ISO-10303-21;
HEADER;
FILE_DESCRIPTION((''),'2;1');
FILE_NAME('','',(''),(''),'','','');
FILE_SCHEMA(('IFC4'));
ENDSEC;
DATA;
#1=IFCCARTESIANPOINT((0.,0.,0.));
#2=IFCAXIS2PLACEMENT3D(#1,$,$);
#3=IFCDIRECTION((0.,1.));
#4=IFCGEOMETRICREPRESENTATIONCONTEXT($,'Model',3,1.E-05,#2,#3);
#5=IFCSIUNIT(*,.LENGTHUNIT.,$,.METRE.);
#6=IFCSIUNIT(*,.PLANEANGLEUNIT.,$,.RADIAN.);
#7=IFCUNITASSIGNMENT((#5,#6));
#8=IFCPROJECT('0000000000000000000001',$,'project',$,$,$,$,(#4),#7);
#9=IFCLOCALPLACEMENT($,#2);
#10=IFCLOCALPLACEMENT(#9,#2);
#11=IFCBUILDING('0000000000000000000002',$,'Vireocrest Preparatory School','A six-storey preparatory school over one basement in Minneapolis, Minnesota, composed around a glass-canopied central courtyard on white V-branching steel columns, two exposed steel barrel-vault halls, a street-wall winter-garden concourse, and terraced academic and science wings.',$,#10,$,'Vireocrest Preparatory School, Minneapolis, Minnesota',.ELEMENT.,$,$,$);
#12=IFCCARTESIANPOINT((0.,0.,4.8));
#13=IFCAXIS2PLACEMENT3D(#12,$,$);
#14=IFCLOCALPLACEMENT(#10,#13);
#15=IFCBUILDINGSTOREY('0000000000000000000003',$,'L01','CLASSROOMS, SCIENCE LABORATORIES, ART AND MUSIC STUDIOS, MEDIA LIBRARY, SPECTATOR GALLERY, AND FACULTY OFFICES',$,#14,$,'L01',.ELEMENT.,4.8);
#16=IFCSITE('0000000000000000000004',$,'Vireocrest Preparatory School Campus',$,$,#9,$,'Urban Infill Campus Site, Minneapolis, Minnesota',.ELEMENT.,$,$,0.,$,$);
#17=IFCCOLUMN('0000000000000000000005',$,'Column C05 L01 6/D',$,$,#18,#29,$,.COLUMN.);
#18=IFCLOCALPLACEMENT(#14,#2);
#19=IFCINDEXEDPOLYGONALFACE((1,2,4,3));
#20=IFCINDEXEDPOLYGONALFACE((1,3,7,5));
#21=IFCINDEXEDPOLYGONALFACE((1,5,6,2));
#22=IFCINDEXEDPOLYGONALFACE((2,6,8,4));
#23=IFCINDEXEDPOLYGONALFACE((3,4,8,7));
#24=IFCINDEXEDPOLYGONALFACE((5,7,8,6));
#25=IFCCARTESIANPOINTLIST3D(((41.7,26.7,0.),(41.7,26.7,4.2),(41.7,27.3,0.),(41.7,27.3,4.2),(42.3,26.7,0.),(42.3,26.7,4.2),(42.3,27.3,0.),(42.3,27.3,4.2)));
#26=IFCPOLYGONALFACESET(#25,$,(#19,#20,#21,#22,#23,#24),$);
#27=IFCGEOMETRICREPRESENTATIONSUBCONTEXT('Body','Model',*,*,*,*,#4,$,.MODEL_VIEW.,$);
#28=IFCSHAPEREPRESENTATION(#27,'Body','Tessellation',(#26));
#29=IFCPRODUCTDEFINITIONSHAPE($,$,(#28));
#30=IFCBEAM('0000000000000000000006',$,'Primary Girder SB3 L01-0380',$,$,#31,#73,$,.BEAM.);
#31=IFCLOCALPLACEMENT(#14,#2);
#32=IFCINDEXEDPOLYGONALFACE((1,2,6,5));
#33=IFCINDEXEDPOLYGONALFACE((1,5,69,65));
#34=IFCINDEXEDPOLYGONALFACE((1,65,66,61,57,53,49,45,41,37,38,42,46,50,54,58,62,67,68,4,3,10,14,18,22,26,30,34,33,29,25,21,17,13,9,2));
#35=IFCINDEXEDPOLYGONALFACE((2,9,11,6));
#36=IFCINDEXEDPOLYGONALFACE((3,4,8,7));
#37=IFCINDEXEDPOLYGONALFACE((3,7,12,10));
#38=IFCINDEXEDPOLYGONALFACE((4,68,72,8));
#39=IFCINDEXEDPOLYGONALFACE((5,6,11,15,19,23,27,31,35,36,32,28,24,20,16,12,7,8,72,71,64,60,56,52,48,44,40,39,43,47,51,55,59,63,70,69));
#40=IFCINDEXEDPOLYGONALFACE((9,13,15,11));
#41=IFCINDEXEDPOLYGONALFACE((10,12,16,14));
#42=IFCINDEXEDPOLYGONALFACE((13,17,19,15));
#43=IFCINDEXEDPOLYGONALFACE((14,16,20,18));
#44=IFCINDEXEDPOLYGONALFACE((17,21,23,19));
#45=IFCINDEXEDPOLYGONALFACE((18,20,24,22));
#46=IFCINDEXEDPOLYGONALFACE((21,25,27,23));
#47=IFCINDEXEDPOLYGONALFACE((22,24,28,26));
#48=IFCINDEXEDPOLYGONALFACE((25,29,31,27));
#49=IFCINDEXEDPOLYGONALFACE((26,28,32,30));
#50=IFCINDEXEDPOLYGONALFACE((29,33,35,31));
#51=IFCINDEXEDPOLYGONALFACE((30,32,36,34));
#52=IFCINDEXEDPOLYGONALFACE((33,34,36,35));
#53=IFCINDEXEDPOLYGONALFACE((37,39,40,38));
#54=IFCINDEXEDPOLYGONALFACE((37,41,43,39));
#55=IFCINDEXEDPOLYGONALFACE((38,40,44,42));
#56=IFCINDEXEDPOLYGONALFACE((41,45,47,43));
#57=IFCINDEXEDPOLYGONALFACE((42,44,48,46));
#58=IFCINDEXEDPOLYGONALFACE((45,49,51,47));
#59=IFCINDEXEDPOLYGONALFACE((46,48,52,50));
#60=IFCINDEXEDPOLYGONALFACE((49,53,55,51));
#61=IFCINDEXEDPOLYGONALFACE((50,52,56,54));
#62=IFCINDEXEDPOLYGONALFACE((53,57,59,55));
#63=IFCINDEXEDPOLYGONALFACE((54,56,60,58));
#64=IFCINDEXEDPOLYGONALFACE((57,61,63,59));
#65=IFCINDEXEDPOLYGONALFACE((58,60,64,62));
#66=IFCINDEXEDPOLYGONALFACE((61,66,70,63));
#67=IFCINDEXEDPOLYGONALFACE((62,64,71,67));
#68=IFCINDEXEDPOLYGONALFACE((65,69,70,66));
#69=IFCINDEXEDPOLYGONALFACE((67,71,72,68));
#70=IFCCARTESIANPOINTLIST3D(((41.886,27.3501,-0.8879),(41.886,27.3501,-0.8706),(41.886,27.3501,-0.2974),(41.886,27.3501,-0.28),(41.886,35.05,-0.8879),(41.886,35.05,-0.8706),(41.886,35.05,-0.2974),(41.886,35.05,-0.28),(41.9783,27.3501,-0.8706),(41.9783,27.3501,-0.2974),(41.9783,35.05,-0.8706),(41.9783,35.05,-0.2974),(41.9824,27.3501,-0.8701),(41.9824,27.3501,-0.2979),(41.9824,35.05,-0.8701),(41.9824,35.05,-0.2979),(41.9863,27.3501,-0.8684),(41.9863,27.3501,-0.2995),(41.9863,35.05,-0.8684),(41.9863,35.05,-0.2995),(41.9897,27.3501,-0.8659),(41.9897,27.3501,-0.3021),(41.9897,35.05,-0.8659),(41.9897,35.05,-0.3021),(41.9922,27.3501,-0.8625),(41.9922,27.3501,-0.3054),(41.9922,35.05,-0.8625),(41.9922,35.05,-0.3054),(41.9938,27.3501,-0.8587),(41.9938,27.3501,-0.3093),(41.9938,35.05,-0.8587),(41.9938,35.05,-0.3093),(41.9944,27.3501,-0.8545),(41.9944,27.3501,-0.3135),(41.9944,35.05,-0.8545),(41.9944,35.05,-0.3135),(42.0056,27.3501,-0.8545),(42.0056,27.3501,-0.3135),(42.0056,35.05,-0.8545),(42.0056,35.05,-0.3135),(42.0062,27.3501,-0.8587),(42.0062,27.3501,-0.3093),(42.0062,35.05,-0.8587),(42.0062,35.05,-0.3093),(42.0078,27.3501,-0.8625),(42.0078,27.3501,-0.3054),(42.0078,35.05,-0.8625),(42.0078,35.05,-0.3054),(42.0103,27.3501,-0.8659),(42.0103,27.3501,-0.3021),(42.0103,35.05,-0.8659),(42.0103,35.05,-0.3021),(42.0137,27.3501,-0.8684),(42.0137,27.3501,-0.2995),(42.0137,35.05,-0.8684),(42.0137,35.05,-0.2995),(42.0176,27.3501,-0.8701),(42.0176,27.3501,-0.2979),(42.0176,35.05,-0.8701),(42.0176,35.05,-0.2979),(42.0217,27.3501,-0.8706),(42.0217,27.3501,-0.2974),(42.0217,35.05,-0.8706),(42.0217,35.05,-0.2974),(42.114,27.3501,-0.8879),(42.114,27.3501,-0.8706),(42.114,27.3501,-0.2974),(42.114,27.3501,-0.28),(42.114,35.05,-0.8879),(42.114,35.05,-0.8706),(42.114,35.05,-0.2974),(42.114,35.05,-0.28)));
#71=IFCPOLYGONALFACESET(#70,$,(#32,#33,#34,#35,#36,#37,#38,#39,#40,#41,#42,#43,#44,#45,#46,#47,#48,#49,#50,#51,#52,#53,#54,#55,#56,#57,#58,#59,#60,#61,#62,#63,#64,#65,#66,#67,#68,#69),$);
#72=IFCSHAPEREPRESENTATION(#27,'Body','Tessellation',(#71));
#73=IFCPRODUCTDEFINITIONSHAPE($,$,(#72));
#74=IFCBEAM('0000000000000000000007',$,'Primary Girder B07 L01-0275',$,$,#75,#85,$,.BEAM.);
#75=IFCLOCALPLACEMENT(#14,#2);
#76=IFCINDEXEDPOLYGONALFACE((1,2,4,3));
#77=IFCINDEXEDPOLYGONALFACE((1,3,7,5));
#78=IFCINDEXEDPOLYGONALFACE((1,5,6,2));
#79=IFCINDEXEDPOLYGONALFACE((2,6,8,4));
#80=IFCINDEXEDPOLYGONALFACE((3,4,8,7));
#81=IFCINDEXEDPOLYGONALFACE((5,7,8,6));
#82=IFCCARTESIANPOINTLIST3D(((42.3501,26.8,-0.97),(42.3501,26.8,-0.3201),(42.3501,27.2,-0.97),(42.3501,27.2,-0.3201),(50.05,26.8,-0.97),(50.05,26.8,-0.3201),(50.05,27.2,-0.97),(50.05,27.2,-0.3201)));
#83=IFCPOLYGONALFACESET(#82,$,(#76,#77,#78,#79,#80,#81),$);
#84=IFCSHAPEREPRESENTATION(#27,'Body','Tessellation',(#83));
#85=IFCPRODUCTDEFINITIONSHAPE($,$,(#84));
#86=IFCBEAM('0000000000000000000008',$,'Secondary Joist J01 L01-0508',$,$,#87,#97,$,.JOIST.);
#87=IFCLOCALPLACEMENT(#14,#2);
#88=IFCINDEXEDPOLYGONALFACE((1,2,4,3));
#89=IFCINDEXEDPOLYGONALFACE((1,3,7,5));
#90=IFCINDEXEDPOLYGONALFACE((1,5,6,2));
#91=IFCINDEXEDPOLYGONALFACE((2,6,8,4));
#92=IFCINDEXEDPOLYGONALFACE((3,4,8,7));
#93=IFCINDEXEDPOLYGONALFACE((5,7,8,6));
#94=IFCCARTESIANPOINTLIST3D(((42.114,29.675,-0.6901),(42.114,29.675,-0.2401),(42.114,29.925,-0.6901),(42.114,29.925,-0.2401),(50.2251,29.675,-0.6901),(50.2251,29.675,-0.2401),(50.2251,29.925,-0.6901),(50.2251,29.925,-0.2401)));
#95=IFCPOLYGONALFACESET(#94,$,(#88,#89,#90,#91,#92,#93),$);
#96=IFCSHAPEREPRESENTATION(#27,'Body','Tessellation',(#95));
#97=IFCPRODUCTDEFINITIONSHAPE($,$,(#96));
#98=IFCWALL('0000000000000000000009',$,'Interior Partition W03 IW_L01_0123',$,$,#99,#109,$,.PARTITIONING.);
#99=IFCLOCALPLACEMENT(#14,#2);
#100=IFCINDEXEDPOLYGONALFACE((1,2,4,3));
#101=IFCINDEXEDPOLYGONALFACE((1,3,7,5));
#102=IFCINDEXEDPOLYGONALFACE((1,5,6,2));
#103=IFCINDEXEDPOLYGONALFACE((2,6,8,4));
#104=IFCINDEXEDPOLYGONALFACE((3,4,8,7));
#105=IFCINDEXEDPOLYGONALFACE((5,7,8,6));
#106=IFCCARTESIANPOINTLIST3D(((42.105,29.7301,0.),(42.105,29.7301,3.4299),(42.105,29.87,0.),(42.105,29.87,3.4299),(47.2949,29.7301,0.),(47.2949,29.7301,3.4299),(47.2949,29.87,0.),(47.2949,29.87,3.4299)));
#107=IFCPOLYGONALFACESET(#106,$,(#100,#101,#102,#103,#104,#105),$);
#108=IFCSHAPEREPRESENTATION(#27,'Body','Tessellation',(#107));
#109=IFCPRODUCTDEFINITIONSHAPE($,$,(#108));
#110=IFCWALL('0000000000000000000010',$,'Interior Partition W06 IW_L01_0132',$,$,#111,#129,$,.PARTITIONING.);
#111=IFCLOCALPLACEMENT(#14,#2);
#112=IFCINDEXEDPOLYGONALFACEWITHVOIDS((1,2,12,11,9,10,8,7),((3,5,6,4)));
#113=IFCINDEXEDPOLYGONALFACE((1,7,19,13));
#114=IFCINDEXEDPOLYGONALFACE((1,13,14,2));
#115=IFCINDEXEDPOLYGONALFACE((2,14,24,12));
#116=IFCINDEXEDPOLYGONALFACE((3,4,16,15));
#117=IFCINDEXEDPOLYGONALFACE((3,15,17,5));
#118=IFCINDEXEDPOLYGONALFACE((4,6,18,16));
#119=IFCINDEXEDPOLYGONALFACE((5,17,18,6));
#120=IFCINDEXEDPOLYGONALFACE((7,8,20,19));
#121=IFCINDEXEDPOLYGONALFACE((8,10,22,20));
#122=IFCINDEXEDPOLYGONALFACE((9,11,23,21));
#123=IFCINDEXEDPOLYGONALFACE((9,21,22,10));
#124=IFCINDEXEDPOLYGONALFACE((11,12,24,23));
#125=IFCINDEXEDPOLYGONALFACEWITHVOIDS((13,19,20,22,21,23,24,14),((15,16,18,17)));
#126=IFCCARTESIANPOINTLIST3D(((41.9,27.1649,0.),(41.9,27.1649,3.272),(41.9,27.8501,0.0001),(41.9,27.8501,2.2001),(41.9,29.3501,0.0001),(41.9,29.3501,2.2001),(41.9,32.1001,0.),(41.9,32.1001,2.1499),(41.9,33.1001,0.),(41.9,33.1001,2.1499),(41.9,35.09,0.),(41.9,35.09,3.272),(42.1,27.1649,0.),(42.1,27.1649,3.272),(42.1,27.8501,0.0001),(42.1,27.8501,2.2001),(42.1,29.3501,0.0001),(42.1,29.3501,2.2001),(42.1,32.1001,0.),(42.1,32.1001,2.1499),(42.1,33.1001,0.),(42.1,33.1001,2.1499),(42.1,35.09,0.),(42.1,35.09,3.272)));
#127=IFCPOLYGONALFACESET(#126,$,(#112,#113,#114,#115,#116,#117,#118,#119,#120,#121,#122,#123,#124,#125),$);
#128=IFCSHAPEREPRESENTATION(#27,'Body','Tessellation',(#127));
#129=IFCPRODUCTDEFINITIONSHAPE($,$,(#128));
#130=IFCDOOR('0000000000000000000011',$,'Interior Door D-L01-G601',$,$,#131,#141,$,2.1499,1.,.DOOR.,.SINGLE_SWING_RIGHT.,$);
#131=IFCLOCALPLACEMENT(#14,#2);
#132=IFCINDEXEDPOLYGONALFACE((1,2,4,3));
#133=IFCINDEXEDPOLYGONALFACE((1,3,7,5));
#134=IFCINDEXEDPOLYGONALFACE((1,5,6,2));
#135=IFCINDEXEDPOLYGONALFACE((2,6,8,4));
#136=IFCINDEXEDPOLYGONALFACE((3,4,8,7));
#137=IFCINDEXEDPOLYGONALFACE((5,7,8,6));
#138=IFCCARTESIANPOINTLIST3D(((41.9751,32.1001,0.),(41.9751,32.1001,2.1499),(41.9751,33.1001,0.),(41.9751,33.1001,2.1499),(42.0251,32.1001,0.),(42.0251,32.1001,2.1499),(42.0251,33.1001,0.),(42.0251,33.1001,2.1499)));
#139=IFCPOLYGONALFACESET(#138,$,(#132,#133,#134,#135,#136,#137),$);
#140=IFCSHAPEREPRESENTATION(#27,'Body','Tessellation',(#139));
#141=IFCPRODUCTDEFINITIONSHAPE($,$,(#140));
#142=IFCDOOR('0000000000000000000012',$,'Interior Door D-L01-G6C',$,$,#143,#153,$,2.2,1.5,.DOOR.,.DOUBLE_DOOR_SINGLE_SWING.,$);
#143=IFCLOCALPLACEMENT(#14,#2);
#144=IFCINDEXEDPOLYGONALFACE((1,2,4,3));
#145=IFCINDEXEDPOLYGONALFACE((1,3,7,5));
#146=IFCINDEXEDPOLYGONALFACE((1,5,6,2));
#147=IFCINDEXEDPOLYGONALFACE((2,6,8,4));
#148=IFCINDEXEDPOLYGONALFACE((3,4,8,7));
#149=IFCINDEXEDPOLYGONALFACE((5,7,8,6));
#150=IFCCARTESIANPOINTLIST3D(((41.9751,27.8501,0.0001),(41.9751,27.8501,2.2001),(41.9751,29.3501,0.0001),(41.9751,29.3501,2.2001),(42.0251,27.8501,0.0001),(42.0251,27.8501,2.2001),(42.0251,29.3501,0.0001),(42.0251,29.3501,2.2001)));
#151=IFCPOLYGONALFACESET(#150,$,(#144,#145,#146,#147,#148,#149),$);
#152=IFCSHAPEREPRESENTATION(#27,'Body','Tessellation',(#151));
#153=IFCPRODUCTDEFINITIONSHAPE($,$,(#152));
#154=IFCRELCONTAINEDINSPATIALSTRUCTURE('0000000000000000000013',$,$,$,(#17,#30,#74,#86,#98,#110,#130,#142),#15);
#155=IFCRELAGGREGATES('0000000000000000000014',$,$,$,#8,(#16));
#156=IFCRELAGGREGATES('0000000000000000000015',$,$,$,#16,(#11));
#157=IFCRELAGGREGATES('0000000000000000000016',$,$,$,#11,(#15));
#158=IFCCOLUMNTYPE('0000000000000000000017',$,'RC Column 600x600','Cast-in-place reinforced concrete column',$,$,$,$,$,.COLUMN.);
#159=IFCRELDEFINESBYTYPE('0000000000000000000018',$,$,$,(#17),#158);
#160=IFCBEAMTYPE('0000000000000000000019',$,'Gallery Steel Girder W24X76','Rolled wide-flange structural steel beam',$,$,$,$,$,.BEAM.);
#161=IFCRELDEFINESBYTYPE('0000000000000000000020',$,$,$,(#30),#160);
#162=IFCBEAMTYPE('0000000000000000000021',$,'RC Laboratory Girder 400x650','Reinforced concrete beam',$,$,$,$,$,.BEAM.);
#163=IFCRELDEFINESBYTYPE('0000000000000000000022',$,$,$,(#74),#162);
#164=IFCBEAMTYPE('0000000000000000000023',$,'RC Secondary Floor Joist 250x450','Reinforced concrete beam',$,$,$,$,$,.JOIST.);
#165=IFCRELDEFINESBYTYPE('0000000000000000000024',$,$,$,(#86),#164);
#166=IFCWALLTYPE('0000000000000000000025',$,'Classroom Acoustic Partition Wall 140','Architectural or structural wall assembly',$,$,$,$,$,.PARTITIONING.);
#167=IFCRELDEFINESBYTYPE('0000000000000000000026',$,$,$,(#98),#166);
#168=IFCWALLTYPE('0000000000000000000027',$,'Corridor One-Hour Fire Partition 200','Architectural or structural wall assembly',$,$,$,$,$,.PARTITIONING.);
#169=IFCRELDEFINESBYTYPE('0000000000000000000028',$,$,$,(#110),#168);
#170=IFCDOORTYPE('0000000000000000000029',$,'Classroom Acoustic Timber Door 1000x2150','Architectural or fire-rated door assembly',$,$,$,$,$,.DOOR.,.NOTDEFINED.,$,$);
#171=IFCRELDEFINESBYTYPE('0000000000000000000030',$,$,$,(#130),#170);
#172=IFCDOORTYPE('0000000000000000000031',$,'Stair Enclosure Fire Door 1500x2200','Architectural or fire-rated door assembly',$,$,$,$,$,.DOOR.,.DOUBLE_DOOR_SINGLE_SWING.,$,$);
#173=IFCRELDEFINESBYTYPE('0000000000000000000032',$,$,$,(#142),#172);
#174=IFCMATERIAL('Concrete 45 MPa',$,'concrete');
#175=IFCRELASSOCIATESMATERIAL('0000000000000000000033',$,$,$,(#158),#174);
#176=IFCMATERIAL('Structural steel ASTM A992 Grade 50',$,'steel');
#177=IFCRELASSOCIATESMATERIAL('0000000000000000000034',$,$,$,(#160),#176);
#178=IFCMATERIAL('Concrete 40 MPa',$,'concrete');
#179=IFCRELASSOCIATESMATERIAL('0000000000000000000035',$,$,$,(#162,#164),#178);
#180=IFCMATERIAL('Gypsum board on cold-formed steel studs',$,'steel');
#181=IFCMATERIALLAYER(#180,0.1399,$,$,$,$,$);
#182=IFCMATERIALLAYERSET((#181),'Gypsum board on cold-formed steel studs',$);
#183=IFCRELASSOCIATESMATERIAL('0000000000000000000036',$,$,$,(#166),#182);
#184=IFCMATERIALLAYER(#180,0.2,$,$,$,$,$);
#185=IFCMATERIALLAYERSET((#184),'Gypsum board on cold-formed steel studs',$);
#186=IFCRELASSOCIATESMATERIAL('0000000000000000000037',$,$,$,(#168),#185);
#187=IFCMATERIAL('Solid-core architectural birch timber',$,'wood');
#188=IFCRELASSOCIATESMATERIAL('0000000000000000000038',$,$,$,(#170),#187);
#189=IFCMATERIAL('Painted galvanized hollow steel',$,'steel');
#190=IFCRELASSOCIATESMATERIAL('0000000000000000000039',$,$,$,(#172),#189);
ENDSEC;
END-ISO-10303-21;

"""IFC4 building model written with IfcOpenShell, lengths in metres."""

from ifc_helpers import new_model, si_unit, direction, frame, frame_2d, origin, origin_2d, place, context, subcontext, project, spatial, rectangle, i_section, extrude, material, layer, layer_set, material_profile, profile_set, type_object, element, fill, save


model = new_model("IFC4")

# Units and contexts
model_context = context("Model", 3, precision=1e-05, world=origin(), true_north=direction((0.0, 1.0)))
body_context = subcontext(model_context, "Body", "Model", "MODEL_VIEW")
ifc_project = project(units=[si_unit("LENGTHUNIT", "METRE"), si_unit("PLANEANGLEUNIT", "RADIAN")], contexts=[model_context])

# Site, building, storey
site_placement = place(None, origin())
site = spatial("IfcSite", under=ifc_project, at=site_placement, Name="Vireocrest Preparatory School Campus", LongName="Urban Infill Campus Site, Minneapolis, Minnesota", CompositionType="ELEMENT", RefElevation=0.0)
building_placement = place(site_placement, origin())
building = spatial("IfcBuilding", under=site, at=building_placement, Name="Vireocrest Preparatory School", Description="A six-storey preparatory school over one basement in Minneapolis, Minnesota, composed around a glass-canopied central courtyard on white V-branching steel columns, two exposed steel barrel-vault halls, a street-wall winter-garden concourse, and terraced academic and science wings.", LongName="Vireocrest Preparatory School, Minneapolis, Minnesota", CompositionType="ELEMENT")
storey_placement = place(building_placement, frame((0.0, 0.0, 4.8)))
storey = spatial("IfcBuildingStorey", under=building, at=storey_placement, Name="L01", Description="CLASSROOMS, SCIENCE LABORATORIES, ART AND MUSIC STUDIOS, MEDIA LIBRARY, SPECTATOR GALLERY, AND FACULTY OFFICES", LongName="L01", CompositionType="ELEMENT", Elevation=4.8)

# Column
ifc_material_1 = material(Name="Concrete 45 MPa", Category="concrete")
ifc_material_profile_1 = material_profile(ifc_material_1, rectangle(XDim=0.6001, YDim=0.6001, at=origin_2d()), Name="RC 600x600")
ifc_profile_set_1 = profile_set([ifc_material_profile_1], Name="Concrete 45 MPa")
column_type = type_object("IfcColumnType", Name="RC Column 600x600", Description="Cast-in-place reinforced concrete column", PredefinedType="COLUMN", material=ifc_profile_set_1)
column_placement = place(storey_placement, frame((42.0, 27.0, 0.0), z_axis=(0.0, 0.0, 1.0), x_axis=(1.0, 0.0, 0.0)))
element("IfcColumn", 1, at=column_placement, inside=storey, type_object=column_type, Name="Column C05 L01 6/D", PredefinedType="COLUMN", context=body_context, shape_type="SweptSolid", body=[
    extrude(rectangle(XDim=0.6001, YDim=0.6001, at=origin_2d()), origin(), (0.0, 0.0, 1.0), 4.2),
])

# Beams
ifc_material_2 = material(Name="Structural steel ASTM A992 Grade 50", Category="steel")
ifc_material_profile_2 = material_profile(ifc_material_2, i_section(OverallWidth=0.228, OverallDepth=0.6079, WebThickness=0.0112, FlangeThickness=0.0173, FilletRadius=0.0161, at=origin_2d()), Name="W24X76")
ifc_profile_set_2 = profile_set([ifc_material_profile_2], Name="Structural steel ASTM A992 Grade 50")
beam_type_1 = type_object("IfcBeamType", Name="Gallery Steel Girder W24X76", Description="Rolled wide-flange structural steel beam", PredefinedType="BEAM", material=ifc_profile_set_2)
beam_1_placement = place(storey_placement, frame((42.0, 27.3501, -0.584), z_axis=(0.0, 1.0, 0.0), x_axis=(-1.0, 0.0, 0.0)))
element("IfcBeam", 2, at=beam_1_placement, inside=storey, type_object=beam_type_1, Name="Primary Girder SB3 L01-0380", PredefinedType="BEAM", context=body_context, shape_type="SweptSolid", body=[
    extrude(i_section(OverallWidth=0.228, OverallDepth=0.6079, WebThickness=0.0112, FlangeThickness=0.0173, FilletRadius=0.0161, at=origin_2d()), origin(), (0.0, 0.0, 1.0), 7.7),
])
ifc_material_3 = material(Name="Concrete 40 MPa", Category="concrete")
ifc_material_profile_3 = material_profile(ifc_material_3, rectangle(XDim=0.3999, YDim=0.6499, at=origin_2d()), Name="RC 400x650")
ifc_profile_set_3 = profile_set([ifc_material_profile_3], Name="Concrete 40 MPa")
beam_type_2 = type_object("IfcBeamType", Name="RC Laboratory Girder 400x650", Description="Reinforced concrete beam", PredefinedType="BEAM", material=ifc_profile_set_3)
beam_2_placement = place(storey_placement, frame((42.3501, 27.0, -0.645), z_axis=(1.0, 0.0, 0.0), x_axis=(0.0, 1.0, 0.0)))
element("IfcBeam", 3, at=beam_2_placement, inside=storey, type_object=beam_type_2, Name="Primary Girder B07 L01-0275", PredefinedType="BEAM", context=body_context, shape_type="SweptSolid", body=[
    extrude(rectangle(XDim=0.3999, YDim=0.6499, at=origin_2d()), origin(), (0.0, 0.0, 1.0), 7.7),
])
ifc_material_profile_4 = material_profile(ifc_material_3, rectangle(XDim=0.25, YDim=0.45, at=origin_2d()), Name="RC 250x450")
ifc_profile_set_4 = profile_set([ifc_material_profile_4], Name="Concrete 40 MPa")
beam_type_3 = type_object("IfcBeamType", Name="RC Secondary Floor Joist 250x450", Description="Reinforced concrete beam", PredefinedType="JOIST", material=ifc_profile_set_4)
beam_3_placement = place(storey_placement, frame((42.114, 29.8, -0.4651), z_axis=(1.0, 0.0, 0.0), x_axis=(0.0, 1.0, 0.0)))
element("IfcBeam", 4, at=beam_3_placement, inside=storey, type_object=beam_type_3, Name="Secondary Joist J01 L01-0508", PredefinedType="JOIST", context=body_context, shape_type="SweptSolid", body=[
    extrude(rectangle(XDim=0.25, YDim=0.45, at=origin_2d()), origin(), (0.0, 0.0, 1.0), 8.1111),
])

# Wall
ifc_material_4 = material(Name="Gypsum board on cold-formed steel studs", Category="steel")
ifc_layer_1 = layer(ifc_material_4, 0.1399)
ifc_layer_set_1 = layer_set([ifc_layer_1], Name="Gypsum board on cold-formed steel studs")
wall_type_1 = type_object("IfcWallType", Name="Classroom Acoustic Partition Wall 140", Description="Architectural or structural wall assembly", PredefinedType="PARTITIONING", material=ifc_layer_set_1)
wall_1_placement = place(storey_placement, frame((42.105, 29.8, 0.0), z_axis=(0.0, 0.0, 1.0), x_axis=(1.0, 0.0, 0.0)))
element("IfcWall", 5, at=wall_1_placement, inside=storey, type_object=wall_type_1, Name="Interior Partition W03 IW_L01_0123", PredefinedType="PARTITIONING", context=body_context, shape_type="SweptSolid", body=[
    extrude(rectangle(XDim=5.1899, YDim=0.1399, at=frame_2d((2.595, 0.0))), origin(), (0.0, 0.0, 1.0), 3.4299),
])

# Wall, openings, doors
ifc_layer_2 = layer(ifc_material_4, 0.2)
ifc_layer_set_2 = layer_set([ifc_layer_2], Name="Gypsum board on cold-formed steel studs")
wall_type_2 = type_object("IfcWallType", Name="Corridor One-Hour Fire Partition 200", Description="Architectural or structural wall assembly", PredefinedType="PARTITIONING", material=ifc_layer_set_2)
wall_2_placement = place(storey_placement, frame((42.0, 27.165, 0.0), z_axis=(0.0, 0.0, 1.0), x_axis=(0.0, 1.0, 0.0)))
wall_2 = element("IfcWall", 6, at=wall_2_placement, inside=storey, type_object=wall_type_2, Name="Interior Partition W06 IW_L01_0132", PredefinedType="PARTITIONING", context=body_context, shape_type="SweptSolid", body=[
    extrude(rectangle(XDim=7.925, YDim=0.2, at=frame_2d((3.9624, 0.0))), origin(), (0.0, 0.0, 1.0), 3.272),
])
opening_1_placement = place(wall_2_placement, frame((0.6851, 0.0, 0.0)))
opening_1 = element("IfcOpeningElement", 7, at=opening_1_placement, cuts=wall_2, PredefinedType="OPENING", context=body_context, shape_type="SweptSolid", body=[
    extrude(rectangle(XDim=1.5, YDim=2.2, at=frame_2d((0.75, 1.1001))), frame((0.0, 0.1099, 0.0), z_axis=(0.0, -1.0, 0.0), x_axis=(1.0, 0.0, 0.0)), (0.0, 0.0, 1.0), 0.22),
])
opening_2_placement = place(wall_2_placement, frame((4.9351, 0.0, 0.0)))
opening_2 = element("IfcOpeningElement", 8, at=opening_2_placement, cuts=wall_2, PredefinedType="OPENING", context=body_context, shape_type="SweptSolid", body=[
    extrude(rectangle(XDim=1.0, YDim=2.1499, at=frame_2d((0.5, 1.075))), frame((0.0, 0.1099, 0.0), z_axis=(0.0, -1.0, 0.0), x_axis=(1.0, 0.0, 0.0)), (0.0, 0.0, 1.0), 0.22),
])
ifc_material_5 = material(Name="Solid-core architectural birch timber", Category="wood")
door_type_1 = type_object("IfcDoorType", Name="Classroom Acoustic Timber Door 1000x2150", Description="Architectural or fire-rated door assembly", OperationType="NOTDEFINED", PredefinedType="DOOR", material=ifc_material_5)
door_1_placement = place(opening_2_placement, origin())
door_1 = element("IfcDoor", 9, at=door_1_placement, inside=storey, type_object=door_type_1, Name="Interior Door D-L01-G601", OperationType="SINGLE_SWING_RIGHT", OverallHeight=2.1499, OverallWidth=1.0, PredefinedType="DOOR", context=body_context, shape_type="SweptSolid", body=[
    extrude(rectangle(XDim=1.0, YDim=2.1499, at=frame_2d((0.5, 1.075))), frame((0.0, 0.0249, 0.0), z_axis=(0.0, -1.0, 0.0), x_axis=(1.0, 0.0, 0.0)), (0.0, 0.0, 1.0), 0.05),
])
fill(opening_2, door_1)
ifc_material_6 = material(Name="Painted galvanized hollow steel", Category="steel")
door_type_2 = type_object("IfcDoorType", Name="Stair Enclosure Fire Door 1500x2200", Description="Architectural or fire-rated door assembly", OperationType="DOUBLE_DOOR_SINGLE_SWING", PredefinedType="DOOR", material=ifc_material_6)
door_2_placement = place(opening_1_placement, origin())
door_2 = element("IfcDoor", 10, at=door_2_placement, inside=storey, type_object=door_type_2, Name="Interior Door D-L01-G6C", OperationType="DOUBLE_DOOR_SINGLE_SWING", OverallHeight=2.2, OverallWidth=1.5, PredefinedType="DOOR", context=body_context, shape_type="SweptSolid", body=[
    extrude(rectangle(XDim=1.5, YDim=2.2, at=frame_2d((0.75, 1.1001))), frame((0.0, 0.0249, 0.0), z_axis=(0.0, -1.0, 0.0), x_axis=(1.0, 0.0, 0.0)), (0.0, 0.0, 1.0), 0.05),
])
fill(opening_1, door_2)

save(model, "model.ifc")
